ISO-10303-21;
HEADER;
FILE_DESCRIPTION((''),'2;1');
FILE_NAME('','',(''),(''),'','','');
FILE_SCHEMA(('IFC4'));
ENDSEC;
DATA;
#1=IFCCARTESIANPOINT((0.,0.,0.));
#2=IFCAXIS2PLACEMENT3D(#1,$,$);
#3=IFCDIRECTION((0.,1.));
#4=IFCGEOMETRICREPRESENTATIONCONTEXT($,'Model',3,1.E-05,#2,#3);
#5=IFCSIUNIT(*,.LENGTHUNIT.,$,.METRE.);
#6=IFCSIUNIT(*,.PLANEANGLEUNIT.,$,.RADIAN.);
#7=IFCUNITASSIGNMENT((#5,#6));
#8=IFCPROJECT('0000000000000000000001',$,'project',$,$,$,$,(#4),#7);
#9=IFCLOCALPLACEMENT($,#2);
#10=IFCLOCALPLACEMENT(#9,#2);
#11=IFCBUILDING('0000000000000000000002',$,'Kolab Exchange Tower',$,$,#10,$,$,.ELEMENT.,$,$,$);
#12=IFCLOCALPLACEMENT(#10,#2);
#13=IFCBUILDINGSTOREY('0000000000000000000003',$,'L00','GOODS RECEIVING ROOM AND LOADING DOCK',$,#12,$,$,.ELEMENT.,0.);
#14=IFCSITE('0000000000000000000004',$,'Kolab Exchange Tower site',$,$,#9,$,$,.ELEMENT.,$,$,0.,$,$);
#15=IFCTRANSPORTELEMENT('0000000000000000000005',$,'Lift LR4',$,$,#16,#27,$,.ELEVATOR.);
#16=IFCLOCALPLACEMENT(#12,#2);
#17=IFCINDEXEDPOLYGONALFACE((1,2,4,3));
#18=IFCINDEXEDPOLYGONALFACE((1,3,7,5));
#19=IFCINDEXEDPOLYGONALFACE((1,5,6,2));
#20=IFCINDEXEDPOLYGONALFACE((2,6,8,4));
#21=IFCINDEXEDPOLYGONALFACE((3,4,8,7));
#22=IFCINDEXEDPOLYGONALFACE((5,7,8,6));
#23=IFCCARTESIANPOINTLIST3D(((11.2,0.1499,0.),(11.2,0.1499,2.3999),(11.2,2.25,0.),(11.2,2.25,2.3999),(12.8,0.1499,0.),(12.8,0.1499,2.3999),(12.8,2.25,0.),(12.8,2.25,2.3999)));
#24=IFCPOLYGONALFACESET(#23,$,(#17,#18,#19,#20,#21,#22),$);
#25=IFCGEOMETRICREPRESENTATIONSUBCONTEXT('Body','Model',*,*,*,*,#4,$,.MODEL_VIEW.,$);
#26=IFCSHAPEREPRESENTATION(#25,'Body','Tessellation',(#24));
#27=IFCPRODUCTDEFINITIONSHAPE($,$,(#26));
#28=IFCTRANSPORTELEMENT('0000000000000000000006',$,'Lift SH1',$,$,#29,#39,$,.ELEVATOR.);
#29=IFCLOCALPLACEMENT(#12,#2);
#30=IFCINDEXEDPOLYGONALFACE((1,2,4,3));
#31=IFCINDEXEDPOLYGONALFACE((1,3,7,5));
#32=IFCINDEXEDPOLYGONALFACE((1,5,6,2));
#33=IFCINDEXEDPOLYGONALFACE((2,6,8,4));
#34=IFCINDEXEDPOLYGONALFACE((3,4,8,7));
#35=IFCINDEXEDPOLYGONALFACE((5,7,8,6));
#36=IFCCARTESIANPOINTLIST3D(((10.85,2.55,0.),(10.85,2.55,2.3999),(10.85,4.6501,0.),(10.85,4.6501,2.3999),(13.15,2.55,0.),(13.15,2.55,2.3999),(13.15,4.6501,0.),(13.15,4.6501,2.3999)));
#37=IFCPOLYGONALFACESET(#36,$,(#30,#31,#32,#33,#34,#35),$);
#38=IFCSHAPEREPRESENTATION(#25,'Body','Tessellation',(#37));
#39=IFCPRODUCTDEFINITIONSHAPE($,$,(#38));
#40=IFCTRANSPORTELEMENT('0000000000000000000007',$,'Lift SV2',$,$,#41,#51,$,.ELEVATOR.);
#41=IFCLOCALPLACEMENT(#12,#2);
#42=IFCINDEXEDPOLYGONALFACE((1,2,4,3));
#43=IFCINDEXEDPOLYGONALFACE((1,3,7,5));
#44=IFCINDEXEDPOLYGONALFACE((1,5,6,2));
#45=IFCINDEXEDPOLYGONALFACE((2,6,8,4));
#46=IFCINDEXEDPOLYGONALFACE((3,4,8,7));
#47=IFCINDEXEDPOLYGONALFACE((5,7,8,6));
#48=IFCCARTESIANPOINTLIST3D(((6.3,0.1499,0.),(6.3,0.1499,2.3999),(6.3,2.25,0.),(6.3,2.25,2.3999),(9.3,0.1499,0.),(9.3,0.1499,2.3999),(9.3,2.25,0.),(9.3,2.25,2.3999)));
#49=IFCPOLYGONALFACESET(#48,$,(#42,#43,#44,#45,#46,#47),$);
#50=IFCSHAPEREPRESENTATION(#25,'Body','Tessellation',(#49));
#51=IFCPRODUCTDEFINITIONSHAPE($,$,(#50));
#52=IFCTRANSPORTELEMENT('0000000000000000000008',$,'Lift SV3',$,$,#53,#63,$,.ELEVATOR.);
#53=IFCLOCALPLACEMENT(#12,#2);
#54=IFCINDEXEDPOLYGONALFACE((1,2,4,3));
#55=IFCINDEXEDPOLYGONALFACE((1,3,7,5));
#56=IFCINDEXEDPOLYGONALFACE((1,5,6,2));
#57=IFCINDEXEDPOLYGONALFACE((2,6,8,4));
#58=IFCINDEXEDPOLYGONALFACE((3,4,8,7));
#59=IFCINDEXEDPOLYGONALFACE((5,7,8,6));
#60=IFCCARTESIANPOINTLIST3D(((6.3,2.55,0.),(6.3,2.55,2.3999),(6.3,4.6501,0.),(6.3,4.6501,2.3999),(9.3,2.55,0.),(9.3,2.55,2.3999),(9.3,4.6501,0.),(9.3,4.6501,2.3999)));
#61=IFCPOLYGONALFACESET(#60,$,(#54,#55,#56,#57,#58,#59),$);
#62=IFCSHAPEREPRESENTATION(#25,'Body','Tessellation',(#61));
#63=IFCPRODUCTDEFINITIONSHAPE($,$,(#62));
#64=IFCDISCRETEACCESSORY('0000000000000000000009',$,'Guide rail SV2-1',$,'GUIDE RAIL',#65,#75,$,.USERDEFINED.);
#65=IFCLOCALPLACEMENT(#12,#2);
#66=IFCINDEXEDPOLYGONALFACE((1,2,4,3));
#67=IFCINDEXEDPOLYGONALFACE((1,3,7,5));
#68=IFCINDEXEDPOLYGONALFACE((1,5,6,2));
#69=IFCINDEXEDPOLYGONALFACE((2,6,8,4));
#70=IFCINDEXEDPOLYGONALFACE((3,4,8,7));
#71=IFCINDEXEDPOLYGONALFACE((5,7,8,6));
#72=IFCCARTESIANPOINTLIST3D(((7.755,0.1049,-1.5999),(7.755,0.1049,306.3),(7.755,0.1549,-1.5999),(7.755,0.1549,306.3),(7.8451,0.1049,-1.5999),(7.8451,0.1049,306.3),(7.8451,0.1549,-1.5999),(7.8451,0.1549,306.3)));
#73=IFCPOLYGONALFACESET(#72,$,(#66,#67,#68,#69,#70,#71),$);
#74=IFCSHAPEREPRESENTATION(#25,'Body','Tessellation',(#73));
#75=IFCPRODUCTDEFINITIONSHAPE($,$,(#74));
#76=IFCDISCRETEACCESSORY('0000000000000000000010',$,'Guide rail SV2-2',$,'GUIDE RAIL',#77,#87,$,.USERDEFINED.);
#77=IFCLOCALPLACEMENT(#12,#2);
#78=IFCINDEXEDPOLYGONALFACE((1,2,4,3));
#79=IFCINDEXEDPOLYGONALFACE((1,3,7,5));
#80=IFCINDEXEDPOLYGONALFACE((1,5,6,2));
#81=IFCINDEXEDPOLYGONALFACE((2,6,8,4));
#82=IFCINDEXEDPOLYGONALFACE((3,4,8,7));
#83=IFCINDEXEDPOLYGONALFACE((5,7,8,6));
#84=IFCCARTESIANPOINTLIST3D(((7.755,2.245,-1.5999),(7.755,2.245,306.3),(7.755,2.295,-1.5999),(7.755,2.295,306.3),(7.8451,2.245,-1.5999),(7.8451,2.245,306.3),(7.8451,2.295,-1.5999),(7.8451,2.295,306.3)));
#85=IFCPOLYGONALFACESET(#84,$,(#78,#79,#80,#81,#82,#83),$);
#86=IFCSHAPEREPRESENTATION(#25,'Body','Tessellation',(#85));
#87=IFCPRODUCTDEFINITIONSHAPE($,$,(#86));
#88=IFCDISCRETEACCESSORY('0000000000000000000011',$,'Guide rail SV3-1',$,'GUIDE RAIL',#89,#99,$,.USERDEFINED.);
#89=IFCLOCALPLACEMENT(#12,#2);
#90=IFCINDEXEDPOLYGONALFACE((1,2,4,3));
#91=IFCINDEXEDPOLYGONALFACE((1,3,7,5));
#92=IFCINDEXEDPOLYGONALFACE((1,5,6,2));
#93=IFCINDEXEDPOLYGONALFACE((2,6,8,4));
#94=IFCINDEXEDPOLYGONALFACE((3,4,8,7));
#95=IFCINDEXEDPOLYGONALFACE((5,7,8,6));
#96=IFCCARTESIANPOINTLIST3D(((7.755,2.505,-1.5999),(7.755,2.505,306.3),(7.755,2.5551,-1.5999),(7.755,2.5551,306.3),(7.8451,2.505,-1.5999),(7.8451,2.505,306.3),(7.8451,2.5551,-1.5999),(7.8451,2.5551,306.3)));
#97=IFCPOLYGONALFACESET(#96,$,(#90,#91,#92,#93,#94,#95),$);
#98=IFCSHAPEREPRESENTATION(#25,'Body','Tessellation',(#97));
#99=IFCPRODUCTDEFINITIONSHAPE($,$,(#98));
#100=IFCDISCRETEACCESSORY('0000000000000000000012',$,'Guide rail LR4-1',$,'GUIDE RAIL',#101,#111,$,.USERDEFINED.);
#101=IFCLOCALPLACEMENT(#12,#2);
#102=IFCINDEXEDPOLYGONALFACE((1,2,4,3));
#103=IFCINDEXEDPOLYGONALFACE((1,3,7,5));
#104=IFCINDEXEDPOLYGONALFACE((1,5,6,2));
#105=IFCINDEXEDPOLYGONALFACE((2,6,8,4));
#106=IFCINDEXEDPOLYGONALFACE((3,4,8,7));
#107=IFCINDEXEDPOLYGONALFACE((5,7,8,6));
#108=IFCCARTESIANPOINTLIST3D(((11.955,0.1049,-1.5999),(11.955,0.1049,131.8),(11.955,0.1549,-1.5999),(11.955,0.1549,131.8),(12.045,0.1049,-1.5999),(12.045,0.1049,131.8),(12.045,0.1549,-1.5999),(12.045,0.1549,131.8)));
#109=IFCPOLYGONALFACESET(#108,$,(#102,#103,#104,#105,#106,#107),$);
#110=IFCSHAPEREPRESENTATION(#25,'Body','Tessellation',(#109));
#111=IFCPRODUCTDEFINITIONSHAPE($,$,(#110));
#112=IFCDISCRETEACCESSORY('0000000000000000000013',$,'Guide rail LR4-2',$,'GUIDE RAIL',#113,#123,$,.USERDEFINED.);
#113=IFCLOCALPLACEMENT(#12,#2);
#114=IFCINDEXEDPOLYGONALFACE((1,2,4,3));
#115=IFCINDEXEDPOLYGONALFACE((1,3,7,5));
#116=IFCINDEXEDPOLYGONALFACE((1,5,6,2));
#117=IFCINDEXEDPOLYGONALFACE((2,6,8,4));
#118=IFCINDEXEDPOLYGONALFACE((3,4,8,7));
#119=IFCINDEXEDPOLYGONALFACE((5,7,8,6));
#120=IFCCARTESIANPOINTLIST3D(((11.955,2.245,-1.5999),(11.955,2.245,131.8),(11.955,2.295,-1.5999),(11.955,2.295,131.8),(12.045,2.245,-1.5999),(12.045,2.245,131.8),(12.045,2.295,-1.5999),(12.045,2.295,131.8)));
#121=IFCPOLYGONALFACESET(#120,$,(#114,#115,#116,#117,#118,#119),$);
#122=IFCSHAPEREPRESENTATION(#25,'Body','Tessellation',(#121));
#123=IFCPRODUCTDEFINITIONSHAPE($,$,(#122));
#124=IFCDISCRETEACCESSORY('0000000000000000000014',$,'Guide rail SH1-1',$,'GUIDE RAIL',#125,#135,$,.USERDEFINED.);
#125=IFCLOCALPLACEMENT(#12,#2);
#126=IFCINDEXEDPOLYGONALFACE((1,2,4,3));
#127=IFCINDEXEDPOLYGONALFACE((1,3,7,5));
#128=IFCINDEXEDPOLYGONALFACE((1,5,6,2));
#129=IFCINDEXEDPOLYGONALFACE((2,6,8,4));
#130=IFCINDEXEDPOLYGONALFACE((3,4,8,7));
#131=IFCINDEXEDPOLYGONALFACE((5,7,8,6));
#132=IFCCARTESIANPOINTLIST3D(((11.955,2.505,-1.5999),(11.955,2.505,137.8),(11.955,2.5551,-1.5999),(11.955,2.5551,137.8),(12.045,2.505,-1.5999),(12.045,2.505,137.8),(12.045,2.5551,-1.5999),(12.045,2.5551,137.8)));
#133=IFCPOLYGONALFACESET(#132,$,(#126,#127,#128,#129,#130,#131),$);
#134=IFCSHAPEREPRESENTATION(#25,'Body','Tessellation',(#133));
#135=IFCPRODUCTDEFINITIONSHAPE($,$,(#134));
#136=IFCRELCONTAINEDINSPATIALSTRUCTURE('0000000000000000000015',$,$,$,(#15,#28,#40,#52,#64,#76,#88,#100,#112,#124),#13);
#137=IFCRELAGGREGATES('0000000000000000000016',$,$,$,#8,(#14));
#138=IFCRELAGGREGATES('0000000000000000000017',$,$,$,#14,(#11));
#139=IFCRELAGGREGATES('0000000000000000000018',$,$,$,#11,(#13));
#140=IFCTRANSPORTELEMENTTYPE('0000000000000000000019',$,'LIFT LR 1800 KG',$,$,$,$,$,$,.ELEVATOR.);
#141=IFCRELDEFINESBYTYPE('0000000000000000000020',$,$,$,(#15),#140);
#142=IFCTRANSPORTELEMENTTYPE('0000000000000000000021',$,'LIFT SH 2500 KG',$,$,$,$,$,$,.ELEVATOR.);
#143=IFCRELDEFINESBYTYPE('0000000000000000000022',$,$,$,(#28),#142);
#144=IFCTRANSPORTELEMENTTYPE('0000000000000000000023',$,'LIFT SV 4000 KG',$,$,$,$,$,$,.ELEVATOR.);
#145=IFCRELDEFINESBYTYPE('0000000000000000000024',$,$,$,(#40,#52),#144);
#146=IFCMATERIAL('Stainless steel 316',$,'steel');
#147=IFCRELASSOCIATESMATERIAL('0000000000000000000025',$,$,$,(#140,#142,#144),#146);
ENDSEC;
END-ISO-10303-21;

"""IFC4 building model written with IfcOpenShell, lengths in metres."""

from ifc_helpers import new_model, si_unit, direction, frame, origin, origin_2d, place, context, subcontext, project, spatial, rectangle, extrude, material, type_object, element, save


model = new_model("IFC4")

# Units and contexts
model_context = context("Model", 3, precision=1e-05, world=origin(), true_north=direction((0.0, 1.0)))
body_context = subcontext(model_context, "Body", "Model", "MODEL_VIEW")
ifc_project = project(units=[si_unit("LENGTHUNIT", "METRE"), si_unit("PLANEANGLEUNIT", "RADIAN")], contexts=[model_context])

# Site, building, storey
site_placement = place(None, origin())
site = spatial("IfcSite", under=ifc_project, at=site_placement, Name="Kolab Exchange Tower site", CompositionType="ELEMENT", RefElevation=0.0)
building_placement = place(site_placement, origin())
building = spatial("IfcBuilding", under=site, at=building_placement, Name="Kolab Exchange Tower", CompositionType="ELEMENT")
storey_placement = place(building_placement, origin())
storey = spatial("IfcBuildingStorey", under=building, at=storey_placement, Name="L00", Description="GOODS RECEIVING ROOM AND LOADING DOCK", CompositionType="ELEMENT", Elevation=0.0)

# Shared definitions
ifc_material_1 = material(Name="Stainless steel 316", Category="steel")

# Transport elements
transport_element_type_1 = type_object("IfcTransportElementType", Name="LIFT LR 1800 KG", PredefinedType="ELEVATOR", material=ifc_material_1)
transport_element_1_placement = place(storey_placement, frame((12.0, 1.2, 0.0), z_axis=(0.0, 0.0, 1.0), x_axis=(1.0, 0.0, 0.0)))
element("IfcTransportElement", 1, at=transport_element_1_placement, inside=storey, type_object=transport_element_type_1, Name="Lift LR4", PredefinedType="ELEVATOR", context=body_context, shape_type="SweptSolid", body=[
    extrude(rectangle(XDim=1.6001, YDim=2.1001, at=origin_2d()), origin(), (0.0, 0.0, 1.0), 2.3999),
])
transport_element_type_2 = type_object("IfcTransportElementType", Name="LIFT SH 2500 KG", PredefinedType="ELEVATOR", material=ifc_material_1)
transport_element_2_placement = place(storey_placement, frame((12.0, 3.6001, 0.0), z_axis=(0.0, 0.0, 1.0), x_axis=(1.0, 0.0, 0.0)))
element("IfcTransportElement", 2, at=transport_element_2_placement, inside=storey, type_object=transport_element_type_2, Name="Lift SH1", PredefinedType="ELEVATOR", context=body_context, shape_type="SweptSolid", body=[
    extrude(rectangle(XDim=2.3, YDim=2.1001, at=origin_2d()), origin(), (0.0, 0.0, 1.0), 2.3999),
])
transport_element_type_3 = type_object("IfcTransportElementType", Name="LIFT SV 4000 KG", PredefinedType="ELEVATOR", material=ifc_material_1)
for number, where, z_axis, x_axis, name in (
    (3, (7.8, 1.2, 0.0), (0.0, 0.0, 1.0), (1.0, 0.0, 0.0), "Lift SV2"),
    (4, (7.8, 3.6001, 0.0), (0.0, 0.0, 1.0), (1.0, 0.0, 0.0), "Lift SV3"),
):
    element("IfcTransportElement", number, at=place(storey_placement, frame(where, z_axis=z_axis, x_axis=x_axis)), inside=storey, type_object=transport_element_type_3, Name=name, PredefinedType="ELEVATOR", context=body_context, shape_type="SweptSolid", body=[
        extrude(rectangle(XDim=3.0, YDim=2.1001, at=origin_2d()), origin(), (0.0, 0.0, 1.0), 2.3999),
    ])

# Discrete accessories
for number, where, z_axis, x_axis, name in (
    (5, (7.8, 0.1299, -1.5999), (0.0, 0.0, 1.0), (1.0, 0.0, 0.0), "Guide rail SV2-1"),
    (6, (7.8, 2.27, -1.5999), (0.0, 0.0, 1.0), (1.0, 0.0, 0.0), "Guide rail SV2-2"),
    (7, (7.8, 2.53, -1.5999), (0.0, 0.0, 1.0), (1.0, 0.0, 0.0), "Guide rail SV3-1"),
):
    element("IfcDiscreteAccessory", number, at=place(storey_placement, frame(where, z_axis=z_axis, x_axis=x_axis)), inside=storey, Name=name, ObjectType="GUIDE RAIL", PredefinedType="USERDEFINED", context=body_context, shape_type="SweptSolid", body=[
        extrude(rectangle(XDim=0.0901, YDim=0.05, at=origin_2d()), origin(), (0.0, 0.0, 1.0), 307.8999),
    ])
for number, where, z_axis, x_axis, name in (
    (8, (12.0, 0.1299, -1.5999), (0.0, 0.0, 1.0), (1.0, 0.0, 0.0), "Guide rail LR4-1"),
    (9, (12.0, 2.27, -1.5999), (0.0, 0.0, 1.0), (1.0, 0.0, 0.0), "Guide rail LR4-2"),
):
    element("IfcDiscreteAccessory", number, at=place(storey_placement, frame(where, z_axis=z_axis, x_axis=x_axis)), inside=storey, Name=name, ObjectType="GUIDE RAIL", PredefinedType="USERDEFINED", context=body_context, shape_type="SweptSolid", body=[
        extrude(rectangle(XDim=0.0901, YDim=0.05, at=origin_2d()), origin(), (0.0, 0.0, 1.0), 133.3999),
    ])
discrete_accessory_placement = place(storey_placement, frame((12.0, 2.53, -1.5999), z_axis=(0.0, 0.0, 1.0), x_axis=(1.0, 0.0, 0.0)))
element("IfcDiscreteAccessory", 10, at=discrete_accessory_placement, inside=storey, Name="Guide rail SH1-1", ObjectType="GUIDE RAIL", PredefinedType="USERDEFINED", context=body_context, shape_type="SweptSolid", body=[
    extrude(rectangle(XDim=0.0901, YDim=0.05, at=origin_2d()), origin(), (0.0, 0.0, 1.0), 139.3999),
])

save(model, "model.ifc")
